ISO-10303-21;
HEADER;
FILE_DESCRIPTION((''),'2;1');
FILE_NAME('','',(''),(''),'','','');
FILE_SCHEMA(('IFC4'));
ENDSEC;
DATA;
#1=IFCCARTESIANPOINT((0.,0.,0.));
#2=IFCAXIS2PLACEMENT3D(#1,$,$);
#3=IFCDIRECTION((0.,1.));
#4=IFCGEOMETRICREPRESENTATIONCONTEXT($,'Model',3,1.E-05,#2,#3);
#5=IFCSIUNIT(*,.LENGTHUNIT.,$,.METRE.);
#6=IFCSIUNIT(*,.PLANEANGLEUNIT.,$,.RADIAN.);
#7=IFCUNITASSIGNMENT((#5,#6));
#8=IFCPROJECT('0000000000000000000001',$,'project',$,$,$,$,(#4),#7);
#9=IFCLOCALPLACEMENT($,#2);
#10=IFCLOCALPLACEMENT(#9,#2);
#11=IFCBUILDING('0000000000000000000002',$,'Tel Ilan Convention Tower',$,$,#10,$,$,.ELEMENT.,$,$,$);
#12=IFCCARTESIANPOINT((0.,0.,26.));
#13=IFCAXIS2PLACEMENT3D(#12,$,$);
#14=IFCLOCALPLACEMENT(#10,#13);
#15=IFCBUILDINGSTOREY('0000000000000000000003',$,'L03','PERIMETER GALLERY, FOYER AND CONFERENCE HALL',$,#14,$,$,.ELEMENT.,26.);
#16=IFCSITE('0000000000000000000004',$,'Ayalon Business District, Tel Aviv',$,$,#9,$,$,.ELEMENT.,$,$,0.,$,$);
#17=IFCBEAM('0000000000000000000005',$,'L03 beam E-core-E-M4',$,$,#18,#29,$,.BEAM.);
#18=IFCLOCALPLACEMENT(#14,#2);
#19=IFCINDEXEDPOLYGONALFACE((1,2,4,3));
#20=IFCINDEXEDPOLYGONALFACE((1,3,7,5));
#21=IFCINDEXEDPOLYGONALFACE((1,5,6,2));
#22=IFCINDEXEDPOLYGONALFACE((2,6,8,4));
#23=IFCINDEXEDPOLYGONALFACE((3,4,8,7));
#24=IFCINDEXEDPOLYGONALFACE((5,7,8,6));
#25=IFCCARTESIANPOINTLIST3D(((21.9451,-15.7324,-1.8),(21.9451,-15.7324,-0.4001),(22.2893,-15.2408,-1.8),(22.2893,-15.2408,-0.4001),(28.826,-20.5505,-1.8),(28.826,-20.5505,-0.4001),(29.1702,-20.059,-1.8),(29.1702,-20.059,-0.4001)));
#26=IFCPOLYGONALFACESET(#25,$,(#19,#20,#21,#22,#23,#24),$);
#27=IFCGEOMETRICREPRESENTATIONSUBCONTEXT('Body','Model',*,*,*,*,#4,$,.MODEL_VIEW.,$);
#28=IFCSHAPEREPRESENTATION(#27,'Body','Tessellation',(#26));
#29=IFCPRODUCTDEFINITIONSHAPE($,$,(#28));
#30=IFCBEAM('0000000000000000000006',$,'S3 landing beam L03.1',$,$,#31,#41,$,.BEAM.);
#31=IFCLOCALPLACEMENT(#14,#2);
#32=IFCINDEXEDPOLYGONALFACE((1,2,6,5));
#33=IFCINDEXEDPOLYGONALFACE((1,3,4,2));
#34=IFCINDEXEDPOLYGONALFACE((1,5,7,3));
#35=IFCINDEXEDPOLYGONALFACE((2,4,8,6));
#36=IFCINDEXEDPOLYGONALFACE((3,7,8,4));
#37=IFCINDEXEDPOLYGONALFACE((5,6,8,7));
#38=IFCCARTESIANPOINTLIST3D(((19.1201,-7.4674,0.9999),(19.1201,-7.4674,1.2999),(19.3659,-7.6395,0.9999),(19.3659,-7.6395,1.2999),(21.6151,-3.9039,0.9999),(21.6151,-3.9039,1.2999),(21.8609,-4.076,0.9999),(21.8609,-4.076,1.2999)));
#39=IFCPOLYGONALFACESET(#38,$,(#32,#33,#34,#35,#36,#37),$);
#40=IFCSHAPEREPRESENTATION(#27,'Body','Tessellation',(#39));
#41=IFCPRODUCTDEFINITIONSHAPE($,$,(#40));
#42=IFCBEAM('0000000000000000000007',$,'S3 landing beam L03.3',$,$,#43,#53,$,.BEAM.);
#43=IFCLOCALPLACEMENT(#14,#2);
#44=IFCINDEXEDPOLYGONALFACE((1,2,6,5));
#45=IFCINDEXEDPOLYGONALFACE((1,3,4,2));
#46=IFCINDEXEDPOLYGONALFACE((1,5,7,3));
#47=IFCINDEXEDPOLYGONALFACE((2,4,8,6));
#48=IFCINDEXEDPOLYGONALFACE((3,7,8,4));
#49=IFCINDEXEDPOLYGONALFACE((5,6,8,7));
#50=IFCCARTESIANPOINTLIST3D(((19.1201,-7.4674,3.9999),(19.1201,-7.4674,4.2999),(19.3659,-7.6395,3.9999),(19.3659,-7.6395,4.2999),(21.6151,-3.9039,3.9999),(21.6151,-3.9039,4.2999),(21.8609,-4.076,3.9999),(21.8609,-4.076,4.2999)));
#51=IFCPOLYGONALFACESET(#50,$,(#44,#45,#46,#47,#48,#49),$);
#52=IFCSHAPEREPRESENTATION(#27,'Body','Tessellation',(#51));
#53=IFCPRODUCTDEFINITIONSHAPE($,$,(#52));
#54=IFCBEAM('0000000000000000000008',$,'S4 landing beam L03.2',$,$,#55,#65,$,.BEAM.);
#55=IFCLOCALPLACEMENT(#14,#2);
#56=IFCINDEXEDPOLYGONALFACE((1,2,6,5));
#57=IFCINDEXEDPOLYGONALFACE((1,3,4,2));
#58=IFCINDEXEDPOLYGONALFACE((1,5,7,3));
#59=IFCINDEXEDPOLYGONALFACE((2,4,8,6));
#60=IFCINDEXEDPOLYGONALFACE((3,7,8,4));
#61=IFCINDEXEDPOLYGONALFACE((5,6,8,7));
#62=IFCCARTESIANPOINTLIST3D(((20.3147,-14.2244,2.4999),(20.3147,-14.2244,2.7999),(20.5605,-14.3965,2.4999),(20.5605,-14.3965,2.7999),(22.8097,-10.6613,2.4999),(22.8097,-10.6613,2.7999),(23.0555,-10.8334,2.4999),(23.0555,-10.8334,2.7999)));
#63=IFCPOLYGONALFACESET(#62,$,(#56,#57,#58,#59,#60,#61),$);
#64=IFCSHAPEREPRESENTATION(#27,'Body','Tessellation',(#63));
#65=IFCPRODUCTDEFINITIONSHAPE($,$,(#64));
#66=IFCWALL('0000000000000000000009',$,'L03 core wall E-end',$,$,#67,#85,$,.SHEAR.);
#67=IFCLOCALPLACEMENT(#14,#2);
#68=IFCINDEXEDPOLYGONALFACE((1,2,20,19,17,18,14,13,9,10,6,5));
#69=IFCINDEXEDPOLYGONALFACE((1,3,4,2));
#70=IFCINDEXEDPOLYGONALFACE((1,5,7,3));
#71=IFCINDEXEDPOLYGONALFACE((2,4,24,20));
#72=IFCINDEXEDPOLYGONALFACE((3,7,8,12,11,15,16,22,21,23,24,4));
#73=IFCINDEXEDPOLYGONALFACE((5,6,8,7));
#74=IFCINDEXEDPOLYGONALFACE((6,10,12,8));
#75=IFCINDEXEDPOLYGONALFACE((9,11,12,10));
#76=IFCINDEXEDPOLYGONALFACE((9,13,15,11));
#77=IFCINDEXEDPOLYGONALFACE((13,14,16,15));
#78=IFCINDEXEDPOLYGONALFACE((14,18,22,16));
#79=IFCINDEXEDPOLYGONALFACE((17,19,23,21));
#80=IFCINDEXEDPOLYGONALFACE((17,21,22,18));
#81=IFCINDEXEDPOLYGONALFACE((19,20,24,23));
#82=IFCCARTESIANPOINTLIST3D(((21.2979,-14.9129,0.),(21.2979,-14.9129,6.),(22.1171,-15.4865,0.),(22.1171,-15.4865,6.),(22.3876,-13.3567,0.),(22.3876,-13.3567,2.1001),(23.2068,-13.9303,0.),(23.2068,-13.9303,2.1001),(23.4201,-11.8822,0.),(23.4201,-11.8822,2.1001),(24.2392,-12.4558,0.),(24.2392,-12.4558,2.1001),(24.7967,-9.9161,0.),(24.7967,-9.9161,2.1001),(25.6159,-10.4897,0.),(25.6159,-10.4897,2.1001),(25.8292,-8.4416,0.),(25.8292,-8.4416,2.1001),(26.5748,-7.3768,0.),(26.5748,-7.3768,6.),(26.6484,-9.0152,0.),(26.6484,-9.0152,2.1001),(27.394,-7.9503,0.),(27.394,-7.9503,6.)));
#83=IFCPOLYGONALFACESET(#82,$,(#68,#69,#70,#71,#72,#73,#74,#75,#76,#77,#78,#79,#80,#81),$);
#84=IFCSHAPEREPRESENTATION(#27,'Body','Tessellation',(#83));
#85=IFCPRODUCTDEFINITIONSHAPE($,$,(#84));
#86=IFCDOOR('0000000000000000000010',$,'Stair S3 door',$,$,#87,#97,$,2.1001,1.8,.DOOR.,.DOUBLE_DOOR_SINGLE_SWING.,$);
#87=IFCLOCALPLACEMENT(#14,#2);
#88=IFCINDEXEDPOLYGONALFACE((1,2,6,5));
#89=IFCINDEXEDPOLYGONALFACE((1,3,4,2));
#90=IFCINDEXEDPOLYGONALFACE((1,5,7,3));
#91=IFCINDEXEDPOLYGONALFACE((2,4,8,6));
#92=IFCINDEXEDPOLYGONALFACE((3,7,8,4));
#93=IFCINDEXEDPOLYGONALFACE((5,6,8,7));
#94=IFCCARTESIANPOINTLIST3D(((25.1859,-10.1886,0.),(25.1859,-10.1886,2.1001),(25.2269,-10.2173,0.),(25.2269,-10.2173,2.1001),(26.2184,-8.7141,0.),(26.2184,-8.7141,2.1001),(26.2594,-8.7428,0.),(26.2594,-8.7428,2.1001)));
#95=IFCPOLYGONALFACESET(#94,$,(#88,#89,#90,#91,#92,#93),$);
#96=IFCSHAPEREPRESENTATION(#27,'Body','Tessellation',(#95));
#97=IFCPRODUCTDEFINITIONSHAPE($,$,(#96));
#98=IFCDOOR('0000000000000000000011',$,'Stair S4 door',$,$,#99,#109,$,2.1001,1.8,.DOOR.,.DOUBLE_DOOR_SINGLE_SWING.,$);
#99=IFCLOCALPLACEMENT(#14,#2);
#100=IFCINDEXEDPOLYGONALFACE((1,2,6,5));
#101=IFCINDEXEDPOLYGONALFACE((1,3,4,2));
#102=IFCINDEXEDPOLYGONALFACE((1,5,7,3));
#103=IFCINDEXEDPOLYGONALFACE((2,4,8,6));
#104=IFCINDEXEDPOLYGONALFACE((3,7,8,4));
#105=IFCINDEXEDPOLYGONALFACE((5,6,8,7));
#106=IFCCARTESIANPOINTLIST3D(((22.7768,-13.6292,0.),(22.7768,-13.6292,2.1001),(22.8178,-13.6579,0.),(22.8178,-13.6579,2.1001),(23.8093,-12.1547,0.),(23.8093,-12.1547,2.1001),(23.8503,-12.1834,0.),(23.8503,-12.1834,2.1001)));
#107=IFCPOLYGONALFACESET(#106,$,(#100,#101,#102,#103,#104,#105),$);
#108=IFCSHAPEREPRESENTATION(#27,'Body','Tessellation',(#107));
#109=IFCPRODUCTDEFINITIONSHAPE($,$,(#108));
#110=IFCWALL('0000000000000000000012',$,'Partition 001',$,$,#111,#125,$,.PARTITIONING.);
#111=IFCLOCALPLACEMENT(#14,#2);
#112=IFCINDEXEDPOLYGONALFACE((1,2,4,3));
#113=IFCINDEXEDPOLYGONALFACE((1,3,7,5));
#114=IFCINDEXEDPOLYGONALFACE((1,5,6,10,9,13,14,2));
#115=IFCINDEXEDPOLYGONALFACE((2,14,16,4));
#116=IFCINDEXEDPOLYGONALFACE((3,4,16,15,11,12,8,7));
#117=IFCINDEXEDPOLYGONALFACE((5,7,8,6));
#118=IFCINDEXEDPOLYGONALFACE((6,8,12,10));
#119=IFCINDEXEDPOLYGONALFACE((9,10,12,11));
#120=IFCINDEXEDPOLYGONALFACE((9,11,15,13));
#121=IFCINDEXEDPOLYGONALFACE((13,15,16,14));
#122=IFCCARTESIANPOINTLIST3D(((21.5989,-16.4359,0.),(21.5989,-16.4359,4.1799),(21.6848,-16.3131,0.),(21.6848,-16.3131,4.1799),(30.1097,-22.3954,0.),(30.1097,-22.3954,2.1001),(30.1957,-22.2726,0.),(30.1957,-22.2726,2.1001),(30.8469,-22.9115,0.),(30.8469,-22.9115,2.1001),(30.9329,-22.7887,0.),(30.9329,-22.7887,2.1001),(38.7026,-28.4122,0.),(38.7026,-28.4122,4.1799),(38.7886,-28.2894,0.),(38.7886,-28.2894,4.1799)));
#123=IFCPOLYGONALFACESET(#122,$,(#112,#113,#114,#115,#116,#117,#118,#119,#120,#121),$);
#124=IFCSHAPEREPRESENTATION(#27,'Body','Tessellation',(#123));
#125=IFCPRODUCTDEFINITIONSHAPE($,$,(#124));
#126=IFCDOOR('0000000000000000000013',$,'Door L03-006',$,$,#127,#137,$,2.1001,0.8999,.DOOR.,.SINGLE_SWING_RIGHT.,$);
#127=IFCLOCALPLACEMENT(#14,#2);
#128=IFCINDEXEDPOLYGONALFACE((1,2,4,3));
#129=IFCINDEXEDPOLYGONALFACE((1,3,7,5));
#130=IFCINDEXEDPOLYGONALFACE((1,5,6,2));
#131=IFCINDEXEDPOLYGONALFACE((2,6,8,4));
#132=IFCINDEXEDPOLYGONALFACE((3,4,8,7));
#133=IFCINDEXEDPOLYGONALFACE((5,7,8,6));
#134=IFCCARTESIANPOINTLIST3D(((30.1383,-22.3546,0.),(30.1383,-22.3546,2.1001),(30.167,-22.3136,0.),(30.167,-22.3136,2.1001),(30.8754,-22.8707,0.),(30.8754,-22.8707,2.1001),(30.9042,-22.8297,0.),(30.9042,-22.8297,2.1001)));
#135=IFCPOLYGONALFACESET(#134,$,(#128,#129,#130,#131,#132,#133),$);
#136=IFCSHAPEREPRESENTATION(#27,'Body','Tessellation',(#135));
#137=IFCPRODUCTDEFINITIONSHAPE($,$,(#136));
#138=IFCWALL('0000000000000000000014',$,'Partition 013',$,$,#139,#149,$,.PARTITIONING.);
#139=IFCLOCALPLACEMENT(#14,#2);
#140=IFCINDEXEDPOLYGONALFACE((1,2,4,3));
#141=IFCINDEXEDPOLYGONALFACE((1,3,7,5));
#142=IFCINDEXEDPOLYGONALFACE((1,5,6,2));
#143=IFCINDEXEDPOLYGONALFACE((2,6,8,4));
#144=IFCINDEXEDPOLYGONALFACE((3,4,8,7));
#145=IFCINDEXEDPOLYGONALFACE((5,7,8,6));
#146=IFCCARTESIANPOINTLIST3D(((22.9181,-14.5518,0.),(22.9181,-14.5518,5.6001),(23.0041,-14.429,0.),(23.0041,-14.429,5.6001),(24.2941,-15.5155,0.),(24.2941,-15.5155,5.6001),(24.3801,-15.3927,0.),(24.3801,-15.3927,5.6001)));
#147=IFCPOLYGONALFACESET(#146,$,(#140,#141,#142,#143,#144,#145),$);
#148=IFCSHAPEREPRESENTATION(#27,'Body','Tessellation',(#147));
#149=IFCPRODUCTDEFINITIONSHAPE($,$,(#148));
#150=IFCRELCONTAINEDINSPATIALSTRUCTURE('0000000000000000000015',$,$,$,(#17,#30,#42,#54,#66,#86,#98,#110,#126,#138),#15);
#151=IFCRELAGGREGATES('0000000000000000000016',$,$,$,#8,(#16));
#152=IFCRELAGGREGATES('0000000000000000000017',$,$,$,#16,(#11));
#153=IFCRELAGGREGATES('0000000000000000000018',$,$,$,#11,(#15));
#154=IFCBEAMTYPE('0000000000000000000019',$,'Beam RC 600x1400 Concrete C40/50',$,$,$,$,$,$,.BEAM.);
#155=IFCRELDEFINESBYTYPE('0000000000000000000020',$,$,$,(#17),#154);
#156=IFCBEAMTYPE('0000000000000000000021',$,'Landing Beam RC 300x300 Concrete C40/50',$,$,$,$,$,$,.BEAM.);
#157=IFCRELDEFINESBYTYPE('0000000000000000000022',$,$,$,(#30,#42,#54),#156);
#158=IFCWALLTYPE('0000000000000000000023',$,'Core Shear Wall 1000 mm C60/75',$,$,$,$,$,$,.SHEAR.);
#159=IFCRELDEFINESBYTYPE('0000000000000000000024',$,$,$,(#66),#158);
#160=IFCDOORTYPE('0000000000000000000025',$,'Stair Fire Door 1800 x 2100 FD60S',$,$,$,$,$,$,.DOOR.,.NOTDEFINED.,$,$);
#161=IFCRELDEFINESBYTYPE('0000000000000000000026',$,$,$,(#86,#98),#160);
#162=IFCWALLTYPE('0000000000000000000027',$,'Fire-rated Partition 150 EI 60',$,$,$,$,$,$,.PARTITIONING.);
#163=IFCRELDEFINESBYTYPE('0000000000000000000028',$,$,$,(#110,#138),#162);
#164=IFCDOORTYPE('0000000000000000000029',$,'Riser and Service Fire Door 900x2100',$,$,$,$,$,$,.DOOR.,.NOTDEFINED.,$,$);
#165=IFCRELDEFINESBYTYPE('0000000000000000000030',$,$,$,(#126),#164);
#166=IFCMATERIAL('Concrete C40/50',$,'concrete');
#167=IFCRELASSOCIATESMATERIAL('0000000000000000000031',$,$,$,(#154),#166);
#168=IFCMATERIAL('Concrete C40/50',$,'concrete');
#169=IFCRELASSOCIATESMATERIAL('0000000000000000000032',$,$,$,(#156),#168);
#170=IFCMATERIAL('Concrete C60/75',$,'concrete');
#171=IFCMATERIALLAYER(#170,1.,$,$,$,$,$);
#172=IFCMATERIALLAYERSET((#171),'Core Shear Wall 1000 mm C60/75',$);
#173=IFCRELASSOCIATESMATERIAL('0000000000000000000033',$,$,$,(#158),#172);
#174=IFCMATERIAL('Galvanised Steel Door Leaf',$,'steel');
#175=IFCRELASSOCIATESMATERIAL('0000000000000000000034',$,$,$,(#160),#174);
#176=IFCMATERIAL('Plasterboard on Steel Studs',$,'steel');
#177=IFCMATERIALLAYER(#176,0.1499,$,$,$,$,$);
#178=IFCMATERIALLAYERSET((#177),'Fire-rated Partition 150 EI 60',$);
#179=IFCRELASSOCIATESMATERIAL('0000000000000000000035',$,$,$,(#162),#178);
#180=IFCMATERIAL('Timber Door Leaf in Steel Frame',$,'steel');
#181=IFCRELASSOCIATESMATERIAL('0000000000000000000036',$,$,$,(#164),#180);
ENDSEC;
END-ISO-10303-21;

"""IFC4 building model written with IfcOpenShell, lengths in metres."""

from ifc_helpers import new_model, si_unit, direction, frame, frame_2d, origin, origin_2d, place, context, subcontext, project, spatial, polyline, rectangle, outline, extrude, material, layer, layer_set, material_profile, profile_set, type_object, element, fill, save


model = new_model("IFC4")

# Units and contexts
model_context = context("Model", 3, precision=1e-05, world=origin(), true_north=direction((0.0, 1.0)))
body_context = subcontext(model_context, "Body", "Model", "MODEL_VIEW")
ifc_project = project(units=[si_unit("LENGTHUNIT", "METRE"), si_unit("PLANEANGLEUNIT", "RADIAN")], contexts=[model_context])

# Site, building, storey
site_placement = place(None, origin())
site = spatial("IfcSite", under=ifc_project, at=site_placement, Name="Ayalon Business District, Tel Aviv", CompositionType="ELEMENT", RefElevation=0.0)
building_placement = place(site_placement, origin())
building = spatial("IfcBuilding", under=site, at=building_placement, Name="Tel Ilan Convention Tower", CompositionType="ELEMENT")
storey_placement = place(building_placement, frame((0.0, 0.0, 26.0)))
storey = spatial("IfcBuildingStorey", under=building, at=storey_placement, Name="L03", Description="PERIMETER GALLERY, FOYER AND CONFERENCE HALL", CompositionType="ELEMENT", Elevation=26.0)

# Beams
ifc_material_1 = material(Name="Concrete C40/50", Category="concrete")
ifc_material_profile_1 = material_profile(ifc_material_1, rectangle(XDim=0.6001, YDim=1.3999, at=origin_2d()), Name="RC 600x1400")
ifc_profile_set_1 = profile_set([ifc_material_profile_1], Name="Concrete C40/50")
beam_type_1 = type_object("IfcBeamType", Name="Beam RC 600x1400 Concrete C40/50", PredefinedType="BEAM", material=ifc_profile_set_1)
beam_1_placement = place(storey_placement, frame((22.1172, -15.4866, -1.1001), z_axis=(0.819147, -0.573583, 0.0), x_axis=(0.573583, 0.819147, 0.0)))
element("IfcBeam", 1, at=beam_1_placement, inside=storey, type_object=beam_type_1, Name="L03 beam E-core-E-M4", PredefinedType="BEAM", context=body_context, shape_type="SweptSolid", body=[
    extrude(rectangle(XDim=0.6001, YDim=1.3999, at=origin_2d()), origin(), (0.0, 0.0, 1.0), 8.4001),
])
ifc_material_2 = material(Name="Concrete C40/50", Category="concrete")
ifc_material_profile_2 = material_profile(ifc_material_2, rectangle(XDim=0.3, YDim=0.3, at=origin_2d()), Name="RC 300x300")
ifc_profile_set_2 = profile_set([ifc_material_profile_2], Name="Concrete C40/50")
beam_type_2 = type_object("IfcBeamType", Name="Landing Beam RC 300x300 Concrete C40/50", PredefinedType="BEAM", material=ifc_profile_set_2)
for number, where, z_axis, x_axis, name in (
    (2, (21.738, -3.99, 1.1499), (-0.573568, -0.819158, 0.0), (0.819158, -0.573568, 0.0), "S3 landing beam L03.1"),
    (3, (21.738, -3.99, 4.1499), (-0.573568, -0.819158, 0.0), (0.819158, -0.573568, 0.0), "S3 landing beam L03.3"),
):
    element("IfcBeam", number, at=place(storey_placement, frame(where, z_axis=z_axis, x_axis=x_axis)), inside=storey, type_object=beam_type_2, Name=name, PredefinedType="BEAM", context=body_context, shape_type="SweptSolid", body=[
        extrude(rectangle(XDim=0.3, YDim=0.3, at=origin_2d()), origin(), (0.0, 0.0, 1.0), 4.3501),
    ])
beam_2_placement = place(storey_placement, frame((22.9326, -10.7473, 2.6499), z_axis=(-0.573594, -0.81914, 0.0), x_axis=(0.81914, -0.573594, 0.0)))
element("IfcBeam", 4, at=beam_2_placement, inside=storey, type_object=beam_type_2, Name="S4 landing beam L03.2", PredefinedType="BEAM", context=body_context, shape_type="SweptSolid", body=[
    extrude(rectangle(XDim=0.3, YDim=0.3, at=origin_2d()), origin(), (0.0, 0.0, 1.0), 4.3499),
])

# Wall, openings, doors
ifc_material_3 = material(Name="Concrete C60/75", Category="concrete")
ifc_layer_1 = layer(ifc_material_3, 1.0)
ifc_layer_set_1 = layer_set([ifc_layer_1], Name="Core Shear Wall 1000 mm C60/75")
wall_type_1 = type_object("IfcWallType", Name="Core Shear Wall 1000 mm C60/75", PredefinedType="SHEAR", material=ifc_layer_set_1)
wall_1_placement = place(storey_placement, frame((21.7075, -15.1997, 0.0), z_axis=(0.0, 0.0, 1.0), x_axis=(0.573576, 0.819152, 0.0)))
wall_1 = element("IfcWall", 5, at=wall_1_placement, inside=storey, type_object=wall_type_1, Name="L03 core wall E-end", PredefinedType="SHEAR", context=body_context, shape_type="SweptSolid", body=[
    extrude(outline(polyline([(9.2, 0.5), (0.0, 0.5), (0.0, -0.5), (9.2, -0.5), (9.2, 0.5)])), origin(), (0.0, 0.0, 1.0), 6.0),
])
opening_1_placement = place(wall_1_placement, frame((6.1001, 0.0, 0.0)))
opening_1 = element("IfcOpeningElement", 6, at=opening_1_placement, cuts=wall_1, PredefinedType="OPENING", context=body_context, shape_type="SweptSolid", body=[
    extrude(rectangle(XDim=1.8, YDim=2.1001, at=frame_2d((0.8999, 1.05))), frame((0.0, 0.51, 0.0), z_axis=(0.0, -1.0, 0.0), x_axis=(1.0, 0.0, 0.0)), (0.0, 0.0, 1.0), 1.02),
])
opening_2_placement = place(wall_1_placement, frame((1.8999, 0.0, 0.0)))
opening_2 = element("IfcOpeningElement", 7, at=opening_2_placement, cuts=wall_1, PredefinedType="OPENING", context=body_context, shape_type="SweptSolid", body=[
    extrude(rectangle(XDim=1.8, YDim=2.1001, at=frame_2d((0.8999, 1.05))), frame((0.0, 0.51, 0.0), z_axis=(0.0, -1.0, 0.0), x_axis=(1.0, 0.0, 0.0)), (0.0, 0.0, 1.0), 1.02),
])
ifc_material_4 = material(Name="Galvanised Steel Door Leaf", Category="steel")
door_type_1 = type_object("IfcDoorType", Name="Stair Fire Door 1800 x 2100 FD60S", OperationType="NOTDEFINED", PredefinedType="DOOR", material=ifc_material_4)
door_1_placement = place(opening_1_placement, origin())
door_1 = element("IfcDoor", 8, at=door_1_placement, inside=storey, type_object=door_type_1, Name="Stair S3 door", OperationType="DOUBLE_DOOR_SINGLE_SWING", OverallHeight=2.1001, OverallWidth=1.8, PredefinedType="DOOR", context=body_context, shape_type="SweptSolid", body=[
    extrude(rectangle(XDim=1.8, YDim=2.1001, at=frame_2d((0.8999, 1.05))), frame((0.0, 0.0249, 0.0), z_axis=(0.0, -1.0, 0.0), x_axis=(1.0, 0.0, 0.0)), (0.0, 0.0, 1.0), 0.05),
])
fill(opening_1, door_1)
door_2_placement = place(opening_2_placement, origin())
door_2 = element("IfcDoor", 9, at=door_2_placement, inside=storey, type_object=door_type_1, Name="Stair S4 door", OperationType="DOUBLE_DOOR_SINGLE_SWING", OverallHeight=2.1001, OverallWidth=1.8, PredefinedType="DOOR", context=body_context, shape_type="SweptSolid", body=[
    extrude(rectangle(XDim=1.8, YDim=2.1001, at=frame_2d((0.8999, 1.05))), frame((0.0, 0.0249, 0.0), z_axis=(0.0, -1.0, 0.0), x_axis=(1.0, 0.0, 0.0)), (0.0, 0.0, 1.0), 0.05),
])
fill(opening_2, door_2)

# Wall, opening, door
ifc_material_5 = material(Name="Plasterboard on Steel Studs", Category="steel")
ifc_layer_2 = layer(ifc_material_5, 0.1499)
ifc_layer_set_2 = layer_set([ifc_layer_2], Name="Fire-rated Partition 150 EI 60")
wall_type_2 = type_object("IfcWallType", Name="Fire-rated Partition 150 EI 60", PredefinedType="PARTITIONING", material=ifc_layer_set_2)
wall_2_placement = place(storey_placement, frame((21.6418, -16.3745, 0.0), z_axis=(0.0, 0.0, 1.0), x_axis=(0.819149, -0.573581, 0.0)))
wall_2 = element("IfcWall", 10, at=wall_2_placement, inside=storey, type_object=wall_type_2, Name="Partition 001", PredefinedType="PARTITIONING", context=body_context, shape_type="SweptSolid", body=[
    extrude(rectangle(XDim=20.8799, YDim=0.1499, at=frame_2d((10.4399, 0.0))), origin(), (0.0, 0.0, 1.0), 4.1799),
])
opening_3_placement = place(wall_2_placement, frame((10.3899, 0.0, 0.0)))
opening_3 = element("IfcOpeningElement", 11, at=opening_3_placement, cuts=wall_2, PredefinedType="OPENING", context=body_context, shape_type="SweptSolid", body=[
    extrude(rectangle(XDim=0.8999, YDim=2.1001, at=frame_2d((0.45, 1.05))), frame((0.0, 0.085, 0.0), z_axis=(0.0, -1.0, 0.0), x_axis=(1.0, 0.0, 0.0)), (0.0, 0.0, 1.0), 0.1699),
])
ifc_material_6 = material(Name="Timber Door Leaf in Steel Frame", Category="steel")
door_type_2 = type_object("IfcDoorType", Name="Riser and Service Fire Door 900x2100", OperationType="NOTDEFINED", PredefinedType="DOOR", material=ifc_material_6)
door_3_placement = place(opening_3_placement, origin())
door_3 = element("IfcDoor", 12, at=door_3_placement, inside=storey, type_object=door_type_2, Name="Door L03-006", OperationType="SINGLE_SWING_RIGHT", OverallHeight=2.1001, OverallWidth=0.8999, PredefinedType="DOOR", context=body_context, shape_type="SweptSolid", body=[
    extrude(rectangle(XDim=0.8999, YDim=2.1001, at=frame_2d((0.45, 1.05))), frame((0.0, 0.0249, 0.0), z_axis=(0.0, -1.0, 0.0), x_axis=(1.0, 0.0, 0.0)), (0.0, 0.0, 1.0), 0.05),
])
fill(opening_3, door_3)

# Wall
wall_3_placement = place(storey_placement, frame((22.9612, -14.4905, 0.0), z_axis=(0.0, 0.0, 1.0), x_axis=(0.819109, -0.573638, 0.0)))
element("IfcWall", 13, at=wall_3_placement, inside=storey, type_object=wall_type_2, Name="Partition 013", PredefinedType="PARTITIONING", context=body_context, shape_type="SweptSolid", body=[
    extrude(rectangle(XDim=1.6799, YDim=0.1499, at=frame_2d((0.8398, 0.0))), origin(), (0.0, 0.0, 1.0), 5.6001),
])

save(model, "model.ifc")
